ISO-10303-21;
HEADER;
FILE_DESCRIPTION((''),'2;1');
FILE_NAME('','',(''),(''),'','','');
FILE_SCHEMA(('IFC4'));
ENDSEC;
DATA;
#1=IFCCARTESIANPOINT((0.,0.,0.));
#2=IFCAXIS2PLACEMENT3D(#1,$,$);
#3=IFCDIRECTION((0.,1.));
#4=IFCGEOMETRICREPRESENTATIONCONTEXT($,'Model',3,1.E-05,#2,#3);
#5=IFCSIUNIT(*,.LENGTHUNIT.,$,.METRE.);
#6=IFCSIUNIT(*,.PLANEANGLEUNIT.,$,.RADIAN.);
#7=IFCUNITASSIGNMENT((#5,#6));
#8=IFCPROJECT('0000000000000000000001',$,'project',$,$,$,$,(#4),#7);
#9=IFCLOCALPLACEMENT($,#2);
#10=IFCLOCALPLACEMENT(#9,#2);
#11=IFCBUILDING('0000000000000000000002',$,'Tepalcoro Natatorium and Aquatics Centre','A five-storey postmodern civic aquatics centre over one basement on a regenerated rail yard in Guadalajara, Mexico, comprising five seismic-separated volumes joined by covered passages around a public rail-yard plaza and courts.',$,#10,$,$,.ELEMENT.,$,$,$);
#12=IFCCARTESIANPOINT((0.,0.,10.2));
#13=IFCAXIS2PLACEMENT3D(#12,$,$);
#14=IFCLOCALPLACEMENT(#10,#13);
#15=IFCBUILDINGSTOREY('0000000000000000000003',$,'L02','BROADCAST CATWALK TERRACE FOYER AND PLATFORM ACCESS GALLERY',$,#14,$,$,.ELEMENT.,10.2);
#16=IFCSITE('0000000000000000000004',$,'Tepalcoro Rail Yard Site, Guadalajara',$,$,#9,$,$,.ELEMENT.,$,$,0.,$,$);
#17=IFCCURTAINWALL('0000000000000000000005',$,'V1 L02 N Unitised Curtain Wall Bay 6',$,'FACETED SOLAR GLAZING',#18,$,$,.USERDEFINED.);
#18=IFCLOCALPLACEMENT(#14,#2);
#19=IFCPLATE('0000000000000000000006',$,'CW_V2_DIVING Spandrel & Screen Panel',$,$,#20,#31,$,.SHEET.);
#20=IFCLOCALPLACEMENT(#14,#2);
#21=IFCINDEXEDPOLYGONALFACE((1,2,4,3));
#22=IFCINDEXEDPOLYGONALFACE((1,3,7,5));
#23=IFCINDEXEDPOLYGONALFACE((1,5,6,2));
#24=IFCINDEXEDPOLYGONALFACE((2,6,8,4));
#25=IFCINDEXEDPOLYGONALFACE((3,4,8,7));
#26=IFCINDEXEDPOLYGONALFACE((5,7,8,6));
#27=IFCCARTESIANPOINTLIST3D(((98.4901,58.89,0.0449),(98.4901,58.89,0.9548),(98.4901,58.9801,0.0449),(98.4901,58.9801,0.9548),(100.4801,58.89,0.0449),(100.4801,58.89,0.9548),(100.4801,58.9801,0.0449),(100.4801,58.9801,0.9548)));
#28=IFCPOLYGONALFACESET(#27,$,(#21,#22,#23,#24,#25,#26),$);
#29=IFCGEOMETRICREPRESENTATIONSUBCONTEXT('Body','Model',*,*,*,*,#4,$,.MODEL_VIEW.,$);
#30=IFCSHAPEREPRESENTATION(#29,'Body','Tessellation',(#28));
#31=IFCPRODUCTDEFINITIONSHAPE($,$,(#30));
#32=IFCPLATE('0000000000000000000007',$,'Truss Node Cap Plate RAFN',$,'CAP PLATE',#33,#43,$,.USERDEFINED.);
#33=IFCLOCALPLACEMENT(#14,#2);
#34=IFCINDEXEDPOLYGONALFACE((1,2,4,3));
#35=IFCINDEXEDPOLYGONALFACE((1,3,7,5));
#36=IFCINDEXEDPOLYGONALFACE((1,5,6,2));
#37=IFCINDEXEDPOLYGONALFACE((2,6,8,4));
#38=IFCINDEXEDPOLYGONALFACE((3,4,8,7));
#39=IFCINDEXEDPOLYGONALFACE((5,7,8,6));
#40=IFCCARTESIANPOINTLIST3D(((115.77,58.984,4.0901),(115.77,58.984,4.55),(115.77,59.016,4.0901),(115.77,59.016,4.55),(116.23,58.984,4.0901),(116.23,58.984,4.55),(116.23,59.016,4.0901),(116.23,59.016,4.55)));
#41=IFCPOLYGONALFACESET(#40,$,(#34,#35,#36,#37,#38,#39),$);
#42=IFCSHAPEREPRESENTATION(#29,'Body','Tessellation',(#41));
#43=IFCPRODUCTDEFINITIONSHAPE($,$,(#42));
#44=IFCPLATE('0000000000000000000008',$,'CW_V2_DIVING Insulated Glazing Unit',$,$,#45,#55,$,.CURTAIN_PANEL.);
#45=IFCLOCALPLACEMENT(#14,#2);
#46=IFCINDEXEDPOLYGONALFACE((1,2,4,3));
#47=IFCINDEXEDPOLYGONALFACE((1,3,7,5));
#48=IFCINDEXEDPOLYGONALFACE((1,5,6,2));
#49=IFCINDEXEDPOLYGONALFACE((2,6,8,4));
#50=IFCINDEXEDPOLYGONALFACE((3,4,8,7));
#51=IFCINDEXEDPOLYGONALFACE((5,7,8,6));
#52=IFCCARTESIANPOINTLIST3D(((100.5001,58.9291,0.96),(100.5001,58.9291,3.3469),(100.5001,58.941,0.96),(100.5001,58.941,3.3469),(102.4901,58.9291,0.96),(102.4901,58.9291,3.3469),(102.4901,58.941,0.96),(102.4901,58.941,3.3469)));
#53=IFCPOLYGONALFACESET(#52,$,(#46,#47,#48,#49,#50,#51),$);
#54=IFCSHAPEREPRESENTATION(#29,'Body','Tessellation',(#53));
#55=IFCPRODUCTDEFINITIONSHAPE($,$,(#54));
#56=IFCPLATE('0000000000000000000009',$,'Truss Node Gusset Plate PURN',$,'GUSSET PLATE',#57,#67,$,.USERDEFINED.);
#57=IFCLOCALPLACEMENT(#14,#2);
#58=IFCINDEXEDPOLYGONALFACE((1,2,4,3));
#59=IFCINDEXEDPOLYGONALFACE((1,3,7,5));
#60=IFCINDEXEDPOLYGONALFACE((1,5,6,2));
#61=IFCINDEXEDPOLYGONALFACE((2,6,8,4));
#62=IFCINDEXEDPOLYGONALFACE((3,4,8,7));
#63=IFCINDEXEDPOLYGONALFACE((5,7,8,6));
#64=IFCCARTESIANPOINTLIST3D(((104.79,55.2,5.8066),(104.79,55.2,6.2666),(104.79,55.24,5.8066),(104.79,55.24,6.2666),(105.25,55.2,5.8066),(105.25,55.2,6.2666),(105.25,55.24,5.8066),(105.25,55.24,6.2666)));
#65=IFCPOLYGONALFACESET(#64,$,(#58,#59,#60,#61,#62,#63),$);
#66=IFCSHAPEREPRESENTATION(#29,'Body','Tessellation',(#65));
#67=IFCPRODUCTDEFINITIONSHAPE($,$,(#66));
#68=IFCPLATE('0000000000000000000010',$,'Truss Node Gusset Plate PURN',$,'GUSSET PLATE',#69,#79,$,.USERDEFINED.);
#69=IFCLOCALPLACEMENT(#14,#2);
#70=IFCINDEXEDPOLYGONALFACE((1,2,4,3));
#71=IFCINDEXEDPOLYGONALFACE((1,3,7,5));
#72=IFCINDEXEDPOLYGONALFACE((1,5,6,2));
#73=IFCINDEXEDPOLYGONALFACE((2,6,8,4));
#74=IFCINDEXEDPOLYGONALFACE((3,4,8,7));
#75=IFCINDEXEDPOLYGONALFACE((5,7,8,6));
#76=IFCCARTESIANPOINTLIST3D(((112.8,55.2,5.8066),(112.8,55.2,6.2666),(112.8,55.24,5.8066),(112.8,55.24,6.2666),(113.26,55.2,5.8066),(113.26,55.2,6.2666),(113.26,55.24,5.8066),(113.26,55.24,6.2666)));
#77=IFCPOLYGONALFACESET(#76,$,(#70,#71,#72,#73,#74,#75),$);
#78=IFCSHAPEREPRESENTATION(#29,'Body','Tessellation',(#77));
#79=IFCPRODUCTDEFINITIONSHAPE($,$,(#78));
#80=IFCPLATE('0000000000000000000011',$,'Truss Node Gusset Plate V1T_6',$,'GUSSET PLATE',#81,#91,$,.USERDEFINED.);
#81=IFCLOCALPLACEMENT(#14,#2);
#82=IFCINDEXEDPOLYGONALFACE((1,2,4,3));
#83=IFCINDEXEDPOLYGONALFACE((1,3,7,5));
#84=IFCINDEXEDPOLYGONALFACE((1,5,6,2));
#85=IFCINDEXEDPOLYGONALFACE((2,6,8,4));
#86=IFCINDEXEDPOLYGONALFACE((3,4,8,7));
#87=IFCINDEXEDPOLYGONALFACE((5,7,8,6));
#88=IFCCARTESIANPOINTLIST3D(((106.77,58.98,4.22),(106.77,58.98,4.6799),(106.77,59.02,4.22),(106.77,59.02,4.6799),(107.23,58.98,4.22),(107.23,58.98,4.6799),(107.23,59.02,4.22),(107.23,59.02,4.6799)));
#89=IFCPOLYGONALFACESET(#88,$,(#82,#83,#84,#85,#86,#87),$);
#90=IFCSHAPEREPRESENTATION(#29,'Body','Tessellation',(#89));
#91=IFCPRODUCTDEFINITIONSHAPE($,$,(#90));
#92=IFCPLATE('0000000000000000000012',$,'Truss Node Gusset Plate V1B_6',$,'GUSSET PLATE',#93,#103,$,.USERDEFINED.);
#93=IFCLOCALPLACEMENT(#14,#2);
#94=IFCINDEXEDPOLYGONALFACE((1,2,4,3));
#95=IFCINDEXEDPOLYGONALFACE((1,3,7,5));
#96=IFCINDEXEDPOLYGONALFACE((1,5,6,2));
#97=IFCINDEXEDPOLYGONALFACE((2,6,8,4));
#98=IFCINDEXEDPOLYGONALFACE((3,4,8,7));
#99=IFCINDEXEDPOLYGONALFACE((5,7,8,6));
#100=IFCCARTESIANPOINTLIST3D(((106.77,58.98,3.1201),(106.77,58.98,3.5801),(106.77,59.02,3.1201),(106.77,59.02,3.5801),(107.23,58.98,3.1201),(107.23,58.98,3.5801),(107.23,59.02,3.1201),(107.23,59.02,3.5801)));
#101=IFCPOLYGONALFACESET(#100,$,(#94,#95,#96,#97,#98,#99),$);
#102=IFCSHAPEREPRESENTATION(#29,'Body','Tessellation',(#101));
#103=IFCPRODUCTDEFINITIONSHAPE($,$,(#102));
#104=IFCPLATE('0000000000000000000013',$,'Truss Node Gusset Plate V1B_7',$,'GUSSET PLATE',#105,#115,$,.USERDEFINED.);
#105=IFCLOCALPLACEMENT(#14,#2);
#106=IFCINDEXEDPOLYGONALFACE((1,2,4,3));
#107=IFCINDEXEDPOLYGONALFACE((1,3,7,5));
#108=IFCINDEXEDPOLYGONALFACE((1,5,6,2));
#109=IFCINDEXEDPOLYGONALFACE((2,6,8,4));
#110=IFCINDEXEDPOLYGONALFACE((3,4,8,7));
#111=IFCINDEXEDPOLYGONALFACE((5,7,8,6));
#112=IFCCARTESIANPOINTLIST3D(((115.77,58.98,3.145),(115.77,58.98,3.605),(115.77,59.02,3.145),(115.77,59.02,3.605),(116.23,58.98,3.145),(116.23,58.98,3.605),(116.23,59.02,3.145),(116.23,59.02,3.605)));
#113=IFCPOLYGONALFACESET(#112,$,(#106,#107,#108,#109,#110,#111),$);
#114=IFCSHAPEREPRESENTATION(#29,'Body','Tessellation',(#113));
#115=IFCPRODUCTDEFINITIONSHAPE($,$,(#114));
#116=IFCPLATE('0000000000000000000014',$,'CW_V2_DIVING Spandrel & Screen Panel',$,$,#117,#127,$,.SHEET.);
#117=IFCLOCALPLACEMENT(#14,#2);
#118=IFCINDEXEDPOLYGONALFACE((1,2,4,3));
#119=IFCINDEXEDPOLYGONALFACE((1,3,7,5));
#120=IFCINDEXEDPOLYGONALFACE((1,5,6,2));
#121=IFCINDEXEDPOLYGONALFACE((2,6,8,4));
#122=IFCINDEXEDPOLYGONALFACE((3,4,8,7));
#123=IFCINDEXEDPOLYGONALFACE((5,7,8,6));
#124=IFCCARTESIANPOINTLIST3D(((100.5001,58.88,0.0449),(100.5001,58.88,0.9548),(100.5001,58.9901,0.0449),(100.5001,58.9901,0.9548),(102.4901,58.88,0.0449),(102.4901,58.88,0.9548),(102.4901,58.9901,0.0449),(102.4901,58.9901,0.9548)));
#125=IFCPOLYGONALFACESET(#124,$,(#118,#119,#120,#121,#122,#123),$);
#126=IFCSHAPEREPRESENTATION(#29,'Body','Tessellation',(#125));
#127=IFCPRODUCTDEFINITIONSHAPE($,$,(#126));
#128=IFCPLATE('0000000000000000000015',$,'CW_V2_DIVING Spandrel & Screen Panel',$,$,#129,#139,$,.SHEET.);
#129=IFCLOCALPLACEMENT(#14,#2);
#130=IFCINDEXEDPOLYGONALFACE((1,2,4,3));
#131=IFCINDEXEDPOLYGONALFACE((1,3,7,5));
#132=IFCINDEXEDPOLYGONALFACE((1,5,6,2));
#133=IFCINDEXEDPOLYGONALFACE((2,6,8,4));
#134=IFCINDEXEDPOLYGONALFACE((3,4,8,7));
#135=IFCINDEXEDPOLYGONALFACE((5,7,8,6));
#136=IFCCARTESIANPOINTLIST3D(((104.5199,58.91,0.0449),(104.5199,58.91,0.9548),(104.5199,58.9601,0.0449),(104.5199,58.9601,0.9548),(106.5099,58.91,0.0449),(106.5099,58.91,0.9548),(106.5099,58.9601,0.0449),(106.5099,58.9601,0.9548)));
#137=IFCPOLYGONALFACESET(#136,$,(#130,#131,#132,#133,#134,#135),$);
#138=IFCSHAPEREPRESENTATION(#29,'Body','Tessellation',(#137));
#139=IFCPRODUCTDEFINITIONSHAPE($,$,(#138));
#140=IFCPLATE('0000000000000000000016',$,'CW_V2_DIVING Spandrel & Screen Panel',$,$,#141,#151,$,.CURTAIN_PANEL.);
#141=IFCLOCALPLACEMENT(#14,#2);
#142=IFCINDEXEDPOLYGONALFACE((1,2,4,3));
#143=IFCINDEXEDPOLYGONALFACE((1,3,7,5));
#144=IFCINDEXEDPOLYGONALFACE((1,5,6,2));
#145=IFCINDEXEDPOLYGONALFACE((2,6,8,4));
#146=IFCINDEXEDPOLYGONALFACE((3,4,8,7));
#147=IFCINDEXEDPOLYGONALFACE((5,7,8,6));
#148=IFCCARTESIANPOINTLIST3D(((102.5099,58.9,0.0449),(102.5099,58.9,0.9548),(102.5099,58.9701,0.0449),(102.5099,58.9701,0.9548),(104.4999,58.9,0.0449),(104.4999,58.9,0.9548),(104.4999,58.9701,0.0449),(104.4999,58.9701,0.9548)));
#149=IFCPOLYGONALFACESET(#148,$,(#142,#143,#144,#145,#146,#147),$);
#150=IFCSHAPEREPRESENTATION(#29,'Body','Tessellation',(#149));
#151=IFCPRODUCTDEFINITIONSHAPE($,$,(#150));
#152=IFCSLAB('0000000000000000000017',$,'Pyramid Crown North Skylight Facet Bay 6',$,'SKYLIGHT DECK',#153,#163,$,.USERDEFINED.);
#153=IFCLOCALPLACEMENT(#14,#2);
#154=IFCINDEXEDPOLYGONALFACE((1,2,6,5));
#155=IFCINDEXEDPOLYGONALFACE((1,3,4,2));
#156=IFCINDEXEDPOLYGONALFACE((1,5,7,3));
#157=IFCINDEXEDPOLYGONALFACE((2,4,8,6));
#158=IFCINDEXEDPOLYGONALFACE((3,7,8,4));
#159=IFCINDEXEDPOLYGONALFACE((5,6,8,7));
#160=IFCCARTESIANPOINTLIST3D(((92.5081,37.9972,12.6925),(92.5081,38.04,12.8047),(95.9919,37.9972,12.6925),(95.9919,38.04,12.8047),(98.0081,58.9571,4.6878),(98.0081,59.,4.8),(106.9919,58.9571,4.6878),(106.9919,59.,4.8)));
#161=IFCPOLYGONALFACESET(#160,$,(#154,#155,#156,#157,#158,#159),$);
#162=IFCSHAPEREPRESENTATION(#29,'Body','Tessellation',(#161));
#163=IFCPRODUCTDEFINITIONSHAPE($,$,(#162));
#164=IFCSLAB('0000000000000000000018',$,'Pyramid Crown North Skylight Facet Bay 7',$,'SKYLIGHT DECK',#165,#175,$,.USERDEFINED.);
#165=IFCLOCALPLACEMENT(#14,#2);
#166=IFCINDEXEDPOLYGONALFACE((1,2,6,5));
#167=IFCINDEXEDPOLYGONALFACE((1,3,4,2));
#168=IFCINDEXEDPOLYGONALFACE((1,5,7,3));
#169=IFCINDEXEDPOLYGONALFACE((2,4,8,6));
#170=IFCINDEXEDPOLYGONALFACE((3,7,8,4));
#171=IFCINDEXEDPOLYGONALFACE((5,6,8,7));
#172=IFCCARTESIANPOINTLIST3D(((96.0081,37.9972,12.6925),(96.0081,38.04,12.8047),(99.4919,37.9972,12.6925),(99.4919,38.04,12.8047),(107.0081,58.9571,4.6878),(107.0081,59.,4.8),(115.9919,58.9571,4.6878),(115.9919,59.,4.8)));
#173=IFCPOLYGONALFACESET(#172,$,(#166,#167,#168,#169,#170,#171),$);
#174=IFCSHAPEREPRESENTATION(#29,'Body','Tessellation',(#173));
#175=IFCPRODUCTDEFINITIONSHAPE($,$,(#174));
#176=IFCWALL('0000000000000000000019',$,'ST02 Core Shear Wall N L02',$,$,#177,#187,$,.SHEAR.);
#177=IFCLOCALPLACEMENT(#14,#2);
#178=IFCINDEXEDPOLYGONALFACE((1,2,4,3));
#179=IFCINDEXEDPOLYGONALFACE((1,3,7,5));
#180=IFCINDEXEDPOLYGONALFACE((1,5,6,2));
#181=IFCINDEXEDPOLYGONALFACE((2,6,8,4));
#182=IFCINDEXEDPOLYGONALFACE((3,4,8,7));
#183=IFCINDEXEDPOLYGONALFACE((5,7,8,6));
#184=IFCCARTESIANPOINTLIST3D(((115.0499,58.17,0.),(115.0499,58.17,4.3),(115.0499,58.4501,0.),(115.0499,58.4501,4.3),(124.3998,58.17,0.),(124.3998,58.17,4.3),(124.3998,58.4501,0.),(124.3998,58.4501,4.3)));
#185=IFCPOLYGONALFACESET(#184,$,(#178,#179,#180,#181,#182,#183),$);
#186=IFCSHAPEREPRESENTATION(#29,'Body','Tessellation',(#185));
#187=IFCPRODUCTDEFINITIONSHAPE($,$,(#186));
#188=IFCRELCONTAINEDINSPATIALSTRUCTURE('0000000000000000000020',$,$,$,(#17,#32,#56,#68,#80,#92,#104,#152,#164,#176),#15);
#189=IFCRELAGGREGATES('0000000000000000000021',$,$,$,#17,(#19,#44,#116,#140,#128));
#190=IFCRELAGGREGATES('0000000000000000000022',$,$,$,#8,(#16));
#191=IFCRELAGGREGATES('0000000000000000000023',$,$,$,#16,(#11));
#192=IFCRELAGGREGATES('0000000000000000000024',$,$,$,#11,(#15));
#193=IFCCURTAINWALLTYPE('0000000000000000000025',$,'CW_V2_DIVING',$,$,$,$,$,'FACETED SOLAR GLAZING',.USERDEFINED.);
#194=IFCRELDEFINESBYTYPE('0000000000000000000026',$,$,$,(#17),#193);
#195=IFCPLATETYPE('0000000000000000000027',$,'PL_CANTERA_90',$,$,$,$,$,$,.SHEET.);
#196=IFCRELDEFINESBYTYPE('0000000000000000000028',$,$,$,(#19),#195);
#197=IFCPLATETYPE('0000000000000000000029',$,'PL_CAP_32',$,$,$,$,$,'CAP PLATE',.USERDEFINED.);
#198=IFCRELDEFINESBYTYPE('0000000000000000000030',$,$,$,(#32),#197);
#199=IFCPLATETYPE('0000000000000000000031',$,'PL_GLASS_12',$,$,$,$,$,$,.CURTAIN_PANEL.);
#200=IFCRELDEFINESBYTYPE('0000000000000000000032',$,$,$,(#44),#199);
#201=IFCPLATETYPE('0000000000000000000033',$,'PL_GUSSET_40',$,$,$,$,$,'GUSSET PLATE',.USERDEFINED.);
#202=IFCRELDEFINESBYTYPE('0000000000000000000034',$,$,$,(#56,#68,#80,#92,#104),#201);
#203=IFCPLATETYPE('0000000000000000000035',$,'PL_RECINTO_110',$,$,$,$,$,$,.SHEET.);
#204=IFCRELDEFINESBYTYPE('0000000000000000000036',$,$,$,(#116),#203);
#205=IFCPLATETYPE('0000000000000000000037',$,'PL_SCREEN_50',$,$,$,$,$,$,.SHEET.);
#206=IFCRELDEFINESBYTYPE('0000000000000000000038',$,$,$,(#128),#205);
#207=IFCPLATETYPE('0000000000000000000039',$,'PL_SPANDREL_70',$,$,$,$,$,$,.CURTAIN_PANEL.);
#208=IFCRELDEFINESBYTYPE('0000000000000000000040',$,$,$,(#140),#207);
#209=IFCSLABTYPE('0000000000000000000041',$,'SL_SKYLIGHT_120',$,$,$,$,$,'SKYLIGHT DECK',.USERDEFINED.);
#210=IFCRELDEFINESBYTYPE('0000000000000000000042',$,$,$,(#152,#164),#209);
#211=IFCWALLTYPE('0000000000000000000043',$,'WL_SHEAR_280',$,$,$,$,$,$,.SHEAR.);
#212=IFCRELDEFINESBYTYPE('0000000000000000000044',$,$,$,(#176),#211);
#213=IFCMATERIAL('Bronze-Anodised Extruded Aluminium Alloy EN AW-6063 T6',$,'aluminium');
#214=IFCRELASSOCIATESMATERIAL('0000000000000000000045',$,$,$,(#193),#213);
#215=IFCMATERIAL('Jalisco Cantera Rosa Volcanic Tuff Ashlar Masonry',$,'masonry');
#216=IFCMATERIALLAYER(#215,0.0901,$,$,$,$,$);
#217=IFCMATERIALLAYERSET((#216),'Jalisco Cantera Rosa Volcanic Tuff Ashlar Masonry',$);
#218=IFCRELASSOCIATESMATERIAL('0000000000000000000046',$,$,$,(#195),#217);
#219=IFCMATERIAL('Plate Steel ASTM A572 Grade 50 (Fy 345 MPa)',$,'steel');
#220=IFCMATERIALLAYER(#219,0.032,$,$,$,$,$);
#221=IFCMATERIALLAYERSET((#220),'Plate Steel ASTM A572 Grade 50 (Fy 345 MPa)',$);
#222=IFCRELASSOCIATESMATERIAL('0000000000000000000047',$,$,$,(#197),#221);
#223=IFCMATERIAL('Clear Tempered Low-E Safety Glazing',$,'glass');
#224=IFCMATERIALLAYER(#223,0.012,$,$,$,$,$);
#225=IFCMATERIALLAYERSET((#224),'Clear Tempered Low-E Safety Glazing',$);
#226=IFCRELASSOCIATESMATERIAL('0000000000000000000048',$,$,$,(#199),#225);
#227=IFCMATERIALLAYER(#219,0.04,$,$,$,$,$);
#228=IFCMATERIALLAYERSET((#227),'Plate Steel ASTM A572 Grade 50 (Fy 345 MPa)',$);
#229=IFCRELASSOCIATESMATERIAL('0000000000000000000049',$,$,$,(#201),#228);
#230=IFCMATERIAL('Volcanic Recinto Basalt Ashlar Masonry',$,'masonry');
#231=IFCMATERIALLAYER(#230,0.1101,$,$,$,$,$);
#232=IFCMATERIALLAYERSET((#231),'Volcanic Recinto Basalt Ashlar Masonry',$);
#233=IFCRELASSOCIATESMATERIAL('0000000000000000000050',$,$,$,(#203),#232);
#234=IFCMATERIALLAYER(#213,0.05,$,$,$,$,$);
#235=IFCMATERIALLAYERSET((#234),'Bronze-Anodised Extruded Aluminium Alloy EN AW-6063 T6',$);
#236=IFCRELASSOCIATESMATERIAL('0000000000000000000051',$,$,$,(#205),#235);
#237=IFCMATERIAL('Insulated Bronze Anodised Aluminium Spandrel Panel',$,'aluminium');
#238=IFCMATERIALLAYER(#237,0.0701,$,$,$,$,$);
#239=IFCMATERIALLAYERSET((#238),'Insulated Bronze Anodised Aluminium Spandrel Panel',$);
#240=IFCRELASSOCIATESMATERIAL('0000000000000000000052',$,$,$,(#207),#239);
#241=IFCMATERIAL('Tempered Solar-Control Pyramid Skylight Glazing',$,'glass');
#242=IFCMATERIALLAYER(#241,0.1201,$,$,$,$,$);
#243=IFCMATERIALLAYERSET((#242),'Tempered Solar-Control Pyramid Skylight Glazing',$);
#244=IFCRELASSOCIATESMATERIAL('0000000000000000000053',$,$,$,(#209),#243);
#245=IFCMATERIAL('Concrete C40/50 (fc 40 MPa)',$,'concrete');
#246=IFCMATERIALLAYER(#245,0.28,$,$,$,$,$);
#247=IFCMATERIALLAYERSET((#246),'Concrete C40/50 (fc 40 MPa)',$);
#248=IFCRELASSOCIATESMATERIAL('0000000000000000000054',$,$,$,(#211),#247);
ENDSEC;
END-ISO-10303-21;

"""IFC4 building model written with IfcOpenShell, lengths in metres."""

from ifc_helpers import new_model, si_unit, direction, frame, frame_2d, origin, origin_2d, place, context, subcontext, project, spatial, polyline, rectangle, outline, extrude, material, layer, layer_set, type_object, element, aggregate, save


model = new_model("IFC4")

# Units and contexts
model_context = context("Model", 3, precision=1e-05, world=origin(), true_north=direction((0.0, 1.0)))
body_context = subcontext(model_context, "Body", "Model", "MODEL_VIEW")
ifc_project = project(units=[si_unit("LENGTHUNIT", "METRE"), si_unit("PLANEANGLEUNIT", "RADIAN")], contexts=[model_context])

# Site, building, storey
site_placement = place(None, origin())
site = spatial("IfcSite", under=ifc_project, at=site_placement, Name="Tepalcoro Rail Yard Site, Guadalajara", CompositionType="ELEMENT", RefElevation=0.0)
building_placement = place(site_placement, origin())
building = spatial("IfcBuilding", under=site, at=building_placement, Name="Tepalcoro Natatorium and Aquatics Centre", Description="A five-storey postmodern civic aquatics centre over one basement on a regenerated rail yard in Guadalajara, Mexico, comprising five seismic-separated volumes joined by covered passages around a public rail-yard plaza and courts.", CompositionType="ELEMENT")
storey_placement = place(building_placement, frame((0.0, 0.0, 10.2)))
storey = spatial("IfcBuildingStorey", under=building, at=storey_placement, Name="L02", Description="BROADCAST CATWALK TERRACE FOYER AND PLATFORM ACCESS GALLERY", CompositionType="ELEMENT", Elevation=10.2)

# Shared definitions
ifc_material_1 = material(Name="Bronze-Anodised Extruded Aluminium Alloy EN AW-6063 T6", Category="aluminium")

# Curtain wall
curtain_wall_type_1 = type_object("IfcCurtainWallType", Name="CW_V2_DIVING", ElementType="FACETED SOLAR GLAZING", PredefinedType="USERDEFINED", material=ifc_material_1)
curtain_wall_1_placement = place(storey_placement, origin())
curtain_wall_1 = element("IfcCurtainWall", 1, at=curtain_wall_1_placement, inside=storey, type_object=curtain_wall_type_1, Name="V1 L02 N Unitised Curtain Wall Bay 6", ObjectType="FACETED SOLAR GLAZING", PredefinedType="USERDEFINED")

# Plates
ifc_material_2 = material(Name="Jalisco Cantera Rosa Volcanic Tuff Ashlar Masonry", Category="masonry")
ifc_layer_1 = layer(ifc_material_2, 0.0901)
ifc_layer_set_1 = layer_set([ifc_layer_1], Name="Jalisco Cantera Rosa Volcanic Tuff Ashlar Masonry")
plate_type_1 = type_object("IfcPlateType", Name="PL_CANTERA_90", PredefinedType="SHEET", material=ifc_layer_set_1)
plate_1_placement = place(storey_placement, frame((99.4851, 58.9351, 0.0449), z_axis=(0.0, 0.0, 1.0), x_axis=(1.0, 0.0, 0.0)))
plate_1 = element("IfcPlate", 2, at=plate_1_placement, type_object=plate_type_1, Name="CW_V2_DIVING Spandrel & Screen Panel", PredefinedType="SHEET", context=body_context, shape_type="SweptSolid", body=[
    extrude(rectangle(XDim=1.99, YDim=0.0901, at=origin_2d()), origin(), (0.0, 0.0, 1.0), 0.9099),
])
ifc_material_3 = material(Name="Plate Steel ASTM A572 Grade 50 (Fy 345 MPa)", Category="steel")
ifc_layer_2 = layer(ifc_material_3, 0.032)
ifc_layer_set_2 = layer_set([ifc_layer_2], Name="Plate Steel ASTM A572 Grade 50 (Fy 345 MPa)")
plate_type_2 = type_object("IfcPlateType", Name="PL_CAP_32", ElementType="CAP PLATE", PredefinedType="USERDEFINED", material=ifc_layer_set_2)
plate_2_placement = place(storey_placement, frame((116.0, 59.0, 4.0901), z_axis=(0.0, 0.0, 1.0), x_axis=(1.0, 0.0, 0.0)))
element("IfcPlate", 3, at=plate_2_placement, inside=storey, type_object=plate_type_2, Name="Truss Node Cap Plate RAFN", ObjectType="CAP PLATE", PredefinedType="USERDEFINED", context=body_context, shape_type="SweptSolid", body=[
    extrude(rectangle(XDim=0.46, YDim=0.032, at=origin_2d()), origin(), (0.0, 0.0, 1.0), 0.46),
])
ifc_material_4 = material(Name="Clear Tempered Low-E Safety Glazing", Category="glass")
ifc_layer_3 = layer(ifc_material_4, 0.012)
ifc_layer_set_3 = layer_set([ifc_layer_3], Name="Clear Tempered Low-E Safety Glazing")
plate_type_3 = type_object("IfcPlateType", Name="PL_GLASS_12", PredefinedType="CURTAIN_PANEL", material=ifc_layer_set_3)
plate_3_placement = place(storey_placement, frame((101.4951, 58.9351, 0.96), z_axis=(0.0, 0.0, 1.0), x_axis=(1.0, 0.0, 0.0)))
plate_3 = element("IfcPlate", 4, at=plate_3_placement, type_object=plate_type_3, Name="CW_V2_DIVING Insulated Glazing Unit", PredefinedType="CURTAIN_PANEL", context=body_context, shape_type="SweptSolid", body=[
    extrude(rectangle(XDim=1.99, YDim=0.012, at=origin_2d()), origin(), (0.0, 0.0, 1.0), 2.387),
])

# Plates
ifc_layer_4 = layer(ifc_material_3, 0.04)
ifc_layer_set_4 = layer_set([ifc_layer_4], Name="Plate Steel ASTM A572 Grade 50 (Fy 345 MPa)")
plate_type_4 = type_object("IfcPlateType", Name="PL_GUSSET_40", ElementType="GUSSET PLATE", PredefinedType="USERDEFINED", material=ifc_layer_set_4)
for number, where, z_axis, x_axis, name in (
    (5, (105.02, 55.22, 5.8066), (0.0, 0.0, 1.0), (1.0, 0.0, 0.0), "Truss Node Gusset Plate PURN"),
    (6, (113.03, 55.22, 5.8066), (0.0, 0.0, 1.0), (1.0, 0.0, 0.0), "Truss Node Gusset Plate PURN"),
    (7, (107.0, 59.0, 4.22), (0.0, 0.0, 1.0), (1.0, 0.0, 0.0), "Truss Node Gusset Plate V1T_6"),
    (8, (107.0, 59.0, 3.1201), (0.0, 0.0, 1.0), (1.0, 0.0, 0.0), "Truss Node Gusset Plate V1B_6"),
    (9, (116.0, 59.0, 3.145), (0.0, 0.0, 1.0), (1.0, 0.0, 0.0), "Truss Node Gusset Plate V1B_7"),
):
    element("IfcPlate", number, at=place(storey_placement, frame(where, z_axis=z_axis, x_axis=x_axis)), inside=storey, type_object=plate_type_4, Name=name, ObjectType="GUSSET PLATE", PredefinedType="USERDEFINED", context=body_context, shape_type="SweptSolid", body=[
        extrude(rectangle(XDim=0.46, YDim=0.04, at=origin_2d()), origin(), (0.0, 0.0, 1.0), 0.46),
    ])

# Plates
ifc_material_5 = material(Name="Volcanic Recinto Basalt Ashlar Masonry", Category="masonry")
ifc_layer_5 = layer(ifc_material_5, 0.1101)
ifc_layer_set_5 = layer_set([ifc_layer_5], Name="Volcanic Recinto Basalt Ashlar Masonry")
plate_type_5 = type_object("IfcPlateType", Name="PL_RECINTO_110", PredefinedType="SHEET", material=ifc_layer_set_5)
plate_4_placement = place(storey_placement, frame((101.4951, 58.9351, 0.0449), z_axis=(0.0, 0.0, 1.0), x_axis=(1.0, 0.0, 0.0)))
plate_4 = element("IfcPlate", 10, at=plate_4_placement, type_object=plate_type_5, Name="CW_V2_DIVING Spandrel & Screen Panel", PredefinedType="SHEET", context=body_context, shape_type="SweptSolid", body=[
    extrude(rectangle(XDim=1.99, YDim=0.1101, at=origin_2d()), origin(), (0.0, 0.0, 1.0), 0.9099),
])
ifc_layer_6 = layer(ifc_material_1, 0.05)
ifc_layer_set_6 = layer_set([ifc_layer_6], Name="Bronze-Anodised Extruded Aluminium Alloy EN AW-6063 T6")
plate_type_6 = type_object("IfcPlateType", Name="PL_SCREEN_50", PredefinedType="SHEET", material=ifc_layer_set_6)
plate_5_placement = place(storey_placement, frame((105.5149, 58.9351, 0.0449), z_axis=(0.0, 0.0, 1.0), x_axis=(1.0, 0.0, 0.0)))
plate_5 = element("IfcPlate", 11, at=plate_5_placement, type_object=plate_type_6, Name="CW_V2_DIVING Spandrel & Screen Panel", PredefinedType="SHEET", context=body_context, shape_type="SweptSolid", body=[
    extrude(rectangle(XDim=1.99, YDim=0.05, at=origin_2d()), origin(), (0.0, 0.0, 1.0), 0.9099),
])
ifc_material_6 = material(Name="Insulated Bronze Anodised Aluminium Spandrel Panel", Category="aluminium")
ifc_layer_7 = layer(ifc_material_6, 0.0701)
ifc_layer_set_7 = layer_set([ifc_layer_7], Name="Insulated Bronze Anodised Aluminium Spandrel Panel")
plate_type_7 = type_object("IfcPlateType", Name="PL_SPANDREL_70", PredefinedType="CURTAIN_PANEL", material=ifc_layer_set_7)
plate_6_placement = place(storey_placement, frame((103.5049, 58.9351, 0.0449), z_axis=(0.0, 0.0, 1.0), x_axis=(1.0, 0.0, 0.0)))
plate_6 = element("IfcPlate", 12, at=plate_6_placement, type_object=plate_type_7, Name="CW_V2_DIVING Spandrel & Screen Panel", PredefinedType="CURTAIN_PANEL", context=body_context, shape_type="SweptSolid", body=[
    extrude(rectangle(XDim=1.99, YDim=0.0701, at=origin_2d()), origin(), (0.0, 0.0, 1.0), 0.9099),
])
aggregate(curtain_wall_1, [plate_1, plate_3, plate_4, plate_6, plate_5])

# Slabs
ifc_material_7 = material(Name="Tempered Solar-Control Pyramid Skylight Glazing", Category="glass")
ifc_layer_8 = layer(ifc_material_7, 0.1201)
ifc_layer_set_8 = layer_set([ifc_layer_8], Name="Tempered Solar-Control Pyramid Skylight Glazing")
slab_type = type_object("IfcSlabType", Name="SL_SKYLIGHT_120", ElementType="SKYLIGHT DECK", PredefinedType="USERDEFINED", material=ifc_layer_set_8)
slab_1_placement = place(storey_placement, frame((106.9919, 59.0, 4.8), z_axis=(0.0, 0.356769, 0.934192), x_axis=(-1.0, 0.0, 0.0)))
element("IfcSlab", 13, at=slab_1_placement, inside=storey, type_object=slab_type, Name="Pyramid Crown North Skylight Facet Bay 6", ObjectType="SKYLIGHT DECK", PredefinedType="USERDEFINED", context=body_context, shape_type="SweptSolid", body=[
    extrude(outline(polyline([(0.0, 0.0), (8.9839, 0.0), (14.4839, 22.4364), (11.0, 22.4364), (0.0, 0.0)])), origin(), (0.0, 0.0, -1.0), 0.1201),
])
slab_2_placement = place(storey_placement, frame((115.9919, 59.0, 4.8), z_axis=(0.0, 0.356769, 0.934192), x_axis=(-1.0, 0.0, 0.0)))
element("IfcSlab", 14, at=slab_2_placement, inside=storey, type_object=slab_type, Name="Pyramid Crown North Skylight Facet Bay 7", ObjectType="SKYLIGHT DECK", PredefinedType="USERDEFINED", context=body_context, shape_type="SweptSolid", body=[
    extrude(outline(polyline([(0.0, 0.0), (8.9839, 0.0), (19.9839, 22.4364), (16.5, 22.4364), (0.0, 0.0)])), origin(), (0.0, 0.0, -1.0), 0.1201),
])

# Wall
ifc_material_8 = material(Name="Concrete C40/50 (fc 40 MPa)", Category="concrete")
ifc_layer_9 = layer(ifc_material_8, 0.28)
ifc_layer_set_9 = layer_set([ifc_layer_9], Name="Concrete C40/50 (fc 40 MPa)")
wall_type_1 = type_object("IfcWallType", Name="WL_SHEAR_280", PredefinedType="SHEAR", material=ifc_layer_set_9)
wall_1_placement = place(storey_placement, frame((115.05, 58.3101, 0.0), z_axis=(0.0, 0.0, 1.0), x_axis=(1.0, 0.0, 0.0)))
element("IfcWall", 15, at=wall_1_placement, inside=storey, type_object=wall_type_1, Name="ST02 Core Shear Wall N L02", PredefinedType="SHEAR", context=body_context, shape_type="SweptSolid", body=[
    extrude(rectangle(XDim=9.3499, YDim=0.28, at=frame_2d((4.6748, 0.0))), origin(), (0.0, 0.0, 1.0), 4.3),
])

save(model, "model.ifc")
